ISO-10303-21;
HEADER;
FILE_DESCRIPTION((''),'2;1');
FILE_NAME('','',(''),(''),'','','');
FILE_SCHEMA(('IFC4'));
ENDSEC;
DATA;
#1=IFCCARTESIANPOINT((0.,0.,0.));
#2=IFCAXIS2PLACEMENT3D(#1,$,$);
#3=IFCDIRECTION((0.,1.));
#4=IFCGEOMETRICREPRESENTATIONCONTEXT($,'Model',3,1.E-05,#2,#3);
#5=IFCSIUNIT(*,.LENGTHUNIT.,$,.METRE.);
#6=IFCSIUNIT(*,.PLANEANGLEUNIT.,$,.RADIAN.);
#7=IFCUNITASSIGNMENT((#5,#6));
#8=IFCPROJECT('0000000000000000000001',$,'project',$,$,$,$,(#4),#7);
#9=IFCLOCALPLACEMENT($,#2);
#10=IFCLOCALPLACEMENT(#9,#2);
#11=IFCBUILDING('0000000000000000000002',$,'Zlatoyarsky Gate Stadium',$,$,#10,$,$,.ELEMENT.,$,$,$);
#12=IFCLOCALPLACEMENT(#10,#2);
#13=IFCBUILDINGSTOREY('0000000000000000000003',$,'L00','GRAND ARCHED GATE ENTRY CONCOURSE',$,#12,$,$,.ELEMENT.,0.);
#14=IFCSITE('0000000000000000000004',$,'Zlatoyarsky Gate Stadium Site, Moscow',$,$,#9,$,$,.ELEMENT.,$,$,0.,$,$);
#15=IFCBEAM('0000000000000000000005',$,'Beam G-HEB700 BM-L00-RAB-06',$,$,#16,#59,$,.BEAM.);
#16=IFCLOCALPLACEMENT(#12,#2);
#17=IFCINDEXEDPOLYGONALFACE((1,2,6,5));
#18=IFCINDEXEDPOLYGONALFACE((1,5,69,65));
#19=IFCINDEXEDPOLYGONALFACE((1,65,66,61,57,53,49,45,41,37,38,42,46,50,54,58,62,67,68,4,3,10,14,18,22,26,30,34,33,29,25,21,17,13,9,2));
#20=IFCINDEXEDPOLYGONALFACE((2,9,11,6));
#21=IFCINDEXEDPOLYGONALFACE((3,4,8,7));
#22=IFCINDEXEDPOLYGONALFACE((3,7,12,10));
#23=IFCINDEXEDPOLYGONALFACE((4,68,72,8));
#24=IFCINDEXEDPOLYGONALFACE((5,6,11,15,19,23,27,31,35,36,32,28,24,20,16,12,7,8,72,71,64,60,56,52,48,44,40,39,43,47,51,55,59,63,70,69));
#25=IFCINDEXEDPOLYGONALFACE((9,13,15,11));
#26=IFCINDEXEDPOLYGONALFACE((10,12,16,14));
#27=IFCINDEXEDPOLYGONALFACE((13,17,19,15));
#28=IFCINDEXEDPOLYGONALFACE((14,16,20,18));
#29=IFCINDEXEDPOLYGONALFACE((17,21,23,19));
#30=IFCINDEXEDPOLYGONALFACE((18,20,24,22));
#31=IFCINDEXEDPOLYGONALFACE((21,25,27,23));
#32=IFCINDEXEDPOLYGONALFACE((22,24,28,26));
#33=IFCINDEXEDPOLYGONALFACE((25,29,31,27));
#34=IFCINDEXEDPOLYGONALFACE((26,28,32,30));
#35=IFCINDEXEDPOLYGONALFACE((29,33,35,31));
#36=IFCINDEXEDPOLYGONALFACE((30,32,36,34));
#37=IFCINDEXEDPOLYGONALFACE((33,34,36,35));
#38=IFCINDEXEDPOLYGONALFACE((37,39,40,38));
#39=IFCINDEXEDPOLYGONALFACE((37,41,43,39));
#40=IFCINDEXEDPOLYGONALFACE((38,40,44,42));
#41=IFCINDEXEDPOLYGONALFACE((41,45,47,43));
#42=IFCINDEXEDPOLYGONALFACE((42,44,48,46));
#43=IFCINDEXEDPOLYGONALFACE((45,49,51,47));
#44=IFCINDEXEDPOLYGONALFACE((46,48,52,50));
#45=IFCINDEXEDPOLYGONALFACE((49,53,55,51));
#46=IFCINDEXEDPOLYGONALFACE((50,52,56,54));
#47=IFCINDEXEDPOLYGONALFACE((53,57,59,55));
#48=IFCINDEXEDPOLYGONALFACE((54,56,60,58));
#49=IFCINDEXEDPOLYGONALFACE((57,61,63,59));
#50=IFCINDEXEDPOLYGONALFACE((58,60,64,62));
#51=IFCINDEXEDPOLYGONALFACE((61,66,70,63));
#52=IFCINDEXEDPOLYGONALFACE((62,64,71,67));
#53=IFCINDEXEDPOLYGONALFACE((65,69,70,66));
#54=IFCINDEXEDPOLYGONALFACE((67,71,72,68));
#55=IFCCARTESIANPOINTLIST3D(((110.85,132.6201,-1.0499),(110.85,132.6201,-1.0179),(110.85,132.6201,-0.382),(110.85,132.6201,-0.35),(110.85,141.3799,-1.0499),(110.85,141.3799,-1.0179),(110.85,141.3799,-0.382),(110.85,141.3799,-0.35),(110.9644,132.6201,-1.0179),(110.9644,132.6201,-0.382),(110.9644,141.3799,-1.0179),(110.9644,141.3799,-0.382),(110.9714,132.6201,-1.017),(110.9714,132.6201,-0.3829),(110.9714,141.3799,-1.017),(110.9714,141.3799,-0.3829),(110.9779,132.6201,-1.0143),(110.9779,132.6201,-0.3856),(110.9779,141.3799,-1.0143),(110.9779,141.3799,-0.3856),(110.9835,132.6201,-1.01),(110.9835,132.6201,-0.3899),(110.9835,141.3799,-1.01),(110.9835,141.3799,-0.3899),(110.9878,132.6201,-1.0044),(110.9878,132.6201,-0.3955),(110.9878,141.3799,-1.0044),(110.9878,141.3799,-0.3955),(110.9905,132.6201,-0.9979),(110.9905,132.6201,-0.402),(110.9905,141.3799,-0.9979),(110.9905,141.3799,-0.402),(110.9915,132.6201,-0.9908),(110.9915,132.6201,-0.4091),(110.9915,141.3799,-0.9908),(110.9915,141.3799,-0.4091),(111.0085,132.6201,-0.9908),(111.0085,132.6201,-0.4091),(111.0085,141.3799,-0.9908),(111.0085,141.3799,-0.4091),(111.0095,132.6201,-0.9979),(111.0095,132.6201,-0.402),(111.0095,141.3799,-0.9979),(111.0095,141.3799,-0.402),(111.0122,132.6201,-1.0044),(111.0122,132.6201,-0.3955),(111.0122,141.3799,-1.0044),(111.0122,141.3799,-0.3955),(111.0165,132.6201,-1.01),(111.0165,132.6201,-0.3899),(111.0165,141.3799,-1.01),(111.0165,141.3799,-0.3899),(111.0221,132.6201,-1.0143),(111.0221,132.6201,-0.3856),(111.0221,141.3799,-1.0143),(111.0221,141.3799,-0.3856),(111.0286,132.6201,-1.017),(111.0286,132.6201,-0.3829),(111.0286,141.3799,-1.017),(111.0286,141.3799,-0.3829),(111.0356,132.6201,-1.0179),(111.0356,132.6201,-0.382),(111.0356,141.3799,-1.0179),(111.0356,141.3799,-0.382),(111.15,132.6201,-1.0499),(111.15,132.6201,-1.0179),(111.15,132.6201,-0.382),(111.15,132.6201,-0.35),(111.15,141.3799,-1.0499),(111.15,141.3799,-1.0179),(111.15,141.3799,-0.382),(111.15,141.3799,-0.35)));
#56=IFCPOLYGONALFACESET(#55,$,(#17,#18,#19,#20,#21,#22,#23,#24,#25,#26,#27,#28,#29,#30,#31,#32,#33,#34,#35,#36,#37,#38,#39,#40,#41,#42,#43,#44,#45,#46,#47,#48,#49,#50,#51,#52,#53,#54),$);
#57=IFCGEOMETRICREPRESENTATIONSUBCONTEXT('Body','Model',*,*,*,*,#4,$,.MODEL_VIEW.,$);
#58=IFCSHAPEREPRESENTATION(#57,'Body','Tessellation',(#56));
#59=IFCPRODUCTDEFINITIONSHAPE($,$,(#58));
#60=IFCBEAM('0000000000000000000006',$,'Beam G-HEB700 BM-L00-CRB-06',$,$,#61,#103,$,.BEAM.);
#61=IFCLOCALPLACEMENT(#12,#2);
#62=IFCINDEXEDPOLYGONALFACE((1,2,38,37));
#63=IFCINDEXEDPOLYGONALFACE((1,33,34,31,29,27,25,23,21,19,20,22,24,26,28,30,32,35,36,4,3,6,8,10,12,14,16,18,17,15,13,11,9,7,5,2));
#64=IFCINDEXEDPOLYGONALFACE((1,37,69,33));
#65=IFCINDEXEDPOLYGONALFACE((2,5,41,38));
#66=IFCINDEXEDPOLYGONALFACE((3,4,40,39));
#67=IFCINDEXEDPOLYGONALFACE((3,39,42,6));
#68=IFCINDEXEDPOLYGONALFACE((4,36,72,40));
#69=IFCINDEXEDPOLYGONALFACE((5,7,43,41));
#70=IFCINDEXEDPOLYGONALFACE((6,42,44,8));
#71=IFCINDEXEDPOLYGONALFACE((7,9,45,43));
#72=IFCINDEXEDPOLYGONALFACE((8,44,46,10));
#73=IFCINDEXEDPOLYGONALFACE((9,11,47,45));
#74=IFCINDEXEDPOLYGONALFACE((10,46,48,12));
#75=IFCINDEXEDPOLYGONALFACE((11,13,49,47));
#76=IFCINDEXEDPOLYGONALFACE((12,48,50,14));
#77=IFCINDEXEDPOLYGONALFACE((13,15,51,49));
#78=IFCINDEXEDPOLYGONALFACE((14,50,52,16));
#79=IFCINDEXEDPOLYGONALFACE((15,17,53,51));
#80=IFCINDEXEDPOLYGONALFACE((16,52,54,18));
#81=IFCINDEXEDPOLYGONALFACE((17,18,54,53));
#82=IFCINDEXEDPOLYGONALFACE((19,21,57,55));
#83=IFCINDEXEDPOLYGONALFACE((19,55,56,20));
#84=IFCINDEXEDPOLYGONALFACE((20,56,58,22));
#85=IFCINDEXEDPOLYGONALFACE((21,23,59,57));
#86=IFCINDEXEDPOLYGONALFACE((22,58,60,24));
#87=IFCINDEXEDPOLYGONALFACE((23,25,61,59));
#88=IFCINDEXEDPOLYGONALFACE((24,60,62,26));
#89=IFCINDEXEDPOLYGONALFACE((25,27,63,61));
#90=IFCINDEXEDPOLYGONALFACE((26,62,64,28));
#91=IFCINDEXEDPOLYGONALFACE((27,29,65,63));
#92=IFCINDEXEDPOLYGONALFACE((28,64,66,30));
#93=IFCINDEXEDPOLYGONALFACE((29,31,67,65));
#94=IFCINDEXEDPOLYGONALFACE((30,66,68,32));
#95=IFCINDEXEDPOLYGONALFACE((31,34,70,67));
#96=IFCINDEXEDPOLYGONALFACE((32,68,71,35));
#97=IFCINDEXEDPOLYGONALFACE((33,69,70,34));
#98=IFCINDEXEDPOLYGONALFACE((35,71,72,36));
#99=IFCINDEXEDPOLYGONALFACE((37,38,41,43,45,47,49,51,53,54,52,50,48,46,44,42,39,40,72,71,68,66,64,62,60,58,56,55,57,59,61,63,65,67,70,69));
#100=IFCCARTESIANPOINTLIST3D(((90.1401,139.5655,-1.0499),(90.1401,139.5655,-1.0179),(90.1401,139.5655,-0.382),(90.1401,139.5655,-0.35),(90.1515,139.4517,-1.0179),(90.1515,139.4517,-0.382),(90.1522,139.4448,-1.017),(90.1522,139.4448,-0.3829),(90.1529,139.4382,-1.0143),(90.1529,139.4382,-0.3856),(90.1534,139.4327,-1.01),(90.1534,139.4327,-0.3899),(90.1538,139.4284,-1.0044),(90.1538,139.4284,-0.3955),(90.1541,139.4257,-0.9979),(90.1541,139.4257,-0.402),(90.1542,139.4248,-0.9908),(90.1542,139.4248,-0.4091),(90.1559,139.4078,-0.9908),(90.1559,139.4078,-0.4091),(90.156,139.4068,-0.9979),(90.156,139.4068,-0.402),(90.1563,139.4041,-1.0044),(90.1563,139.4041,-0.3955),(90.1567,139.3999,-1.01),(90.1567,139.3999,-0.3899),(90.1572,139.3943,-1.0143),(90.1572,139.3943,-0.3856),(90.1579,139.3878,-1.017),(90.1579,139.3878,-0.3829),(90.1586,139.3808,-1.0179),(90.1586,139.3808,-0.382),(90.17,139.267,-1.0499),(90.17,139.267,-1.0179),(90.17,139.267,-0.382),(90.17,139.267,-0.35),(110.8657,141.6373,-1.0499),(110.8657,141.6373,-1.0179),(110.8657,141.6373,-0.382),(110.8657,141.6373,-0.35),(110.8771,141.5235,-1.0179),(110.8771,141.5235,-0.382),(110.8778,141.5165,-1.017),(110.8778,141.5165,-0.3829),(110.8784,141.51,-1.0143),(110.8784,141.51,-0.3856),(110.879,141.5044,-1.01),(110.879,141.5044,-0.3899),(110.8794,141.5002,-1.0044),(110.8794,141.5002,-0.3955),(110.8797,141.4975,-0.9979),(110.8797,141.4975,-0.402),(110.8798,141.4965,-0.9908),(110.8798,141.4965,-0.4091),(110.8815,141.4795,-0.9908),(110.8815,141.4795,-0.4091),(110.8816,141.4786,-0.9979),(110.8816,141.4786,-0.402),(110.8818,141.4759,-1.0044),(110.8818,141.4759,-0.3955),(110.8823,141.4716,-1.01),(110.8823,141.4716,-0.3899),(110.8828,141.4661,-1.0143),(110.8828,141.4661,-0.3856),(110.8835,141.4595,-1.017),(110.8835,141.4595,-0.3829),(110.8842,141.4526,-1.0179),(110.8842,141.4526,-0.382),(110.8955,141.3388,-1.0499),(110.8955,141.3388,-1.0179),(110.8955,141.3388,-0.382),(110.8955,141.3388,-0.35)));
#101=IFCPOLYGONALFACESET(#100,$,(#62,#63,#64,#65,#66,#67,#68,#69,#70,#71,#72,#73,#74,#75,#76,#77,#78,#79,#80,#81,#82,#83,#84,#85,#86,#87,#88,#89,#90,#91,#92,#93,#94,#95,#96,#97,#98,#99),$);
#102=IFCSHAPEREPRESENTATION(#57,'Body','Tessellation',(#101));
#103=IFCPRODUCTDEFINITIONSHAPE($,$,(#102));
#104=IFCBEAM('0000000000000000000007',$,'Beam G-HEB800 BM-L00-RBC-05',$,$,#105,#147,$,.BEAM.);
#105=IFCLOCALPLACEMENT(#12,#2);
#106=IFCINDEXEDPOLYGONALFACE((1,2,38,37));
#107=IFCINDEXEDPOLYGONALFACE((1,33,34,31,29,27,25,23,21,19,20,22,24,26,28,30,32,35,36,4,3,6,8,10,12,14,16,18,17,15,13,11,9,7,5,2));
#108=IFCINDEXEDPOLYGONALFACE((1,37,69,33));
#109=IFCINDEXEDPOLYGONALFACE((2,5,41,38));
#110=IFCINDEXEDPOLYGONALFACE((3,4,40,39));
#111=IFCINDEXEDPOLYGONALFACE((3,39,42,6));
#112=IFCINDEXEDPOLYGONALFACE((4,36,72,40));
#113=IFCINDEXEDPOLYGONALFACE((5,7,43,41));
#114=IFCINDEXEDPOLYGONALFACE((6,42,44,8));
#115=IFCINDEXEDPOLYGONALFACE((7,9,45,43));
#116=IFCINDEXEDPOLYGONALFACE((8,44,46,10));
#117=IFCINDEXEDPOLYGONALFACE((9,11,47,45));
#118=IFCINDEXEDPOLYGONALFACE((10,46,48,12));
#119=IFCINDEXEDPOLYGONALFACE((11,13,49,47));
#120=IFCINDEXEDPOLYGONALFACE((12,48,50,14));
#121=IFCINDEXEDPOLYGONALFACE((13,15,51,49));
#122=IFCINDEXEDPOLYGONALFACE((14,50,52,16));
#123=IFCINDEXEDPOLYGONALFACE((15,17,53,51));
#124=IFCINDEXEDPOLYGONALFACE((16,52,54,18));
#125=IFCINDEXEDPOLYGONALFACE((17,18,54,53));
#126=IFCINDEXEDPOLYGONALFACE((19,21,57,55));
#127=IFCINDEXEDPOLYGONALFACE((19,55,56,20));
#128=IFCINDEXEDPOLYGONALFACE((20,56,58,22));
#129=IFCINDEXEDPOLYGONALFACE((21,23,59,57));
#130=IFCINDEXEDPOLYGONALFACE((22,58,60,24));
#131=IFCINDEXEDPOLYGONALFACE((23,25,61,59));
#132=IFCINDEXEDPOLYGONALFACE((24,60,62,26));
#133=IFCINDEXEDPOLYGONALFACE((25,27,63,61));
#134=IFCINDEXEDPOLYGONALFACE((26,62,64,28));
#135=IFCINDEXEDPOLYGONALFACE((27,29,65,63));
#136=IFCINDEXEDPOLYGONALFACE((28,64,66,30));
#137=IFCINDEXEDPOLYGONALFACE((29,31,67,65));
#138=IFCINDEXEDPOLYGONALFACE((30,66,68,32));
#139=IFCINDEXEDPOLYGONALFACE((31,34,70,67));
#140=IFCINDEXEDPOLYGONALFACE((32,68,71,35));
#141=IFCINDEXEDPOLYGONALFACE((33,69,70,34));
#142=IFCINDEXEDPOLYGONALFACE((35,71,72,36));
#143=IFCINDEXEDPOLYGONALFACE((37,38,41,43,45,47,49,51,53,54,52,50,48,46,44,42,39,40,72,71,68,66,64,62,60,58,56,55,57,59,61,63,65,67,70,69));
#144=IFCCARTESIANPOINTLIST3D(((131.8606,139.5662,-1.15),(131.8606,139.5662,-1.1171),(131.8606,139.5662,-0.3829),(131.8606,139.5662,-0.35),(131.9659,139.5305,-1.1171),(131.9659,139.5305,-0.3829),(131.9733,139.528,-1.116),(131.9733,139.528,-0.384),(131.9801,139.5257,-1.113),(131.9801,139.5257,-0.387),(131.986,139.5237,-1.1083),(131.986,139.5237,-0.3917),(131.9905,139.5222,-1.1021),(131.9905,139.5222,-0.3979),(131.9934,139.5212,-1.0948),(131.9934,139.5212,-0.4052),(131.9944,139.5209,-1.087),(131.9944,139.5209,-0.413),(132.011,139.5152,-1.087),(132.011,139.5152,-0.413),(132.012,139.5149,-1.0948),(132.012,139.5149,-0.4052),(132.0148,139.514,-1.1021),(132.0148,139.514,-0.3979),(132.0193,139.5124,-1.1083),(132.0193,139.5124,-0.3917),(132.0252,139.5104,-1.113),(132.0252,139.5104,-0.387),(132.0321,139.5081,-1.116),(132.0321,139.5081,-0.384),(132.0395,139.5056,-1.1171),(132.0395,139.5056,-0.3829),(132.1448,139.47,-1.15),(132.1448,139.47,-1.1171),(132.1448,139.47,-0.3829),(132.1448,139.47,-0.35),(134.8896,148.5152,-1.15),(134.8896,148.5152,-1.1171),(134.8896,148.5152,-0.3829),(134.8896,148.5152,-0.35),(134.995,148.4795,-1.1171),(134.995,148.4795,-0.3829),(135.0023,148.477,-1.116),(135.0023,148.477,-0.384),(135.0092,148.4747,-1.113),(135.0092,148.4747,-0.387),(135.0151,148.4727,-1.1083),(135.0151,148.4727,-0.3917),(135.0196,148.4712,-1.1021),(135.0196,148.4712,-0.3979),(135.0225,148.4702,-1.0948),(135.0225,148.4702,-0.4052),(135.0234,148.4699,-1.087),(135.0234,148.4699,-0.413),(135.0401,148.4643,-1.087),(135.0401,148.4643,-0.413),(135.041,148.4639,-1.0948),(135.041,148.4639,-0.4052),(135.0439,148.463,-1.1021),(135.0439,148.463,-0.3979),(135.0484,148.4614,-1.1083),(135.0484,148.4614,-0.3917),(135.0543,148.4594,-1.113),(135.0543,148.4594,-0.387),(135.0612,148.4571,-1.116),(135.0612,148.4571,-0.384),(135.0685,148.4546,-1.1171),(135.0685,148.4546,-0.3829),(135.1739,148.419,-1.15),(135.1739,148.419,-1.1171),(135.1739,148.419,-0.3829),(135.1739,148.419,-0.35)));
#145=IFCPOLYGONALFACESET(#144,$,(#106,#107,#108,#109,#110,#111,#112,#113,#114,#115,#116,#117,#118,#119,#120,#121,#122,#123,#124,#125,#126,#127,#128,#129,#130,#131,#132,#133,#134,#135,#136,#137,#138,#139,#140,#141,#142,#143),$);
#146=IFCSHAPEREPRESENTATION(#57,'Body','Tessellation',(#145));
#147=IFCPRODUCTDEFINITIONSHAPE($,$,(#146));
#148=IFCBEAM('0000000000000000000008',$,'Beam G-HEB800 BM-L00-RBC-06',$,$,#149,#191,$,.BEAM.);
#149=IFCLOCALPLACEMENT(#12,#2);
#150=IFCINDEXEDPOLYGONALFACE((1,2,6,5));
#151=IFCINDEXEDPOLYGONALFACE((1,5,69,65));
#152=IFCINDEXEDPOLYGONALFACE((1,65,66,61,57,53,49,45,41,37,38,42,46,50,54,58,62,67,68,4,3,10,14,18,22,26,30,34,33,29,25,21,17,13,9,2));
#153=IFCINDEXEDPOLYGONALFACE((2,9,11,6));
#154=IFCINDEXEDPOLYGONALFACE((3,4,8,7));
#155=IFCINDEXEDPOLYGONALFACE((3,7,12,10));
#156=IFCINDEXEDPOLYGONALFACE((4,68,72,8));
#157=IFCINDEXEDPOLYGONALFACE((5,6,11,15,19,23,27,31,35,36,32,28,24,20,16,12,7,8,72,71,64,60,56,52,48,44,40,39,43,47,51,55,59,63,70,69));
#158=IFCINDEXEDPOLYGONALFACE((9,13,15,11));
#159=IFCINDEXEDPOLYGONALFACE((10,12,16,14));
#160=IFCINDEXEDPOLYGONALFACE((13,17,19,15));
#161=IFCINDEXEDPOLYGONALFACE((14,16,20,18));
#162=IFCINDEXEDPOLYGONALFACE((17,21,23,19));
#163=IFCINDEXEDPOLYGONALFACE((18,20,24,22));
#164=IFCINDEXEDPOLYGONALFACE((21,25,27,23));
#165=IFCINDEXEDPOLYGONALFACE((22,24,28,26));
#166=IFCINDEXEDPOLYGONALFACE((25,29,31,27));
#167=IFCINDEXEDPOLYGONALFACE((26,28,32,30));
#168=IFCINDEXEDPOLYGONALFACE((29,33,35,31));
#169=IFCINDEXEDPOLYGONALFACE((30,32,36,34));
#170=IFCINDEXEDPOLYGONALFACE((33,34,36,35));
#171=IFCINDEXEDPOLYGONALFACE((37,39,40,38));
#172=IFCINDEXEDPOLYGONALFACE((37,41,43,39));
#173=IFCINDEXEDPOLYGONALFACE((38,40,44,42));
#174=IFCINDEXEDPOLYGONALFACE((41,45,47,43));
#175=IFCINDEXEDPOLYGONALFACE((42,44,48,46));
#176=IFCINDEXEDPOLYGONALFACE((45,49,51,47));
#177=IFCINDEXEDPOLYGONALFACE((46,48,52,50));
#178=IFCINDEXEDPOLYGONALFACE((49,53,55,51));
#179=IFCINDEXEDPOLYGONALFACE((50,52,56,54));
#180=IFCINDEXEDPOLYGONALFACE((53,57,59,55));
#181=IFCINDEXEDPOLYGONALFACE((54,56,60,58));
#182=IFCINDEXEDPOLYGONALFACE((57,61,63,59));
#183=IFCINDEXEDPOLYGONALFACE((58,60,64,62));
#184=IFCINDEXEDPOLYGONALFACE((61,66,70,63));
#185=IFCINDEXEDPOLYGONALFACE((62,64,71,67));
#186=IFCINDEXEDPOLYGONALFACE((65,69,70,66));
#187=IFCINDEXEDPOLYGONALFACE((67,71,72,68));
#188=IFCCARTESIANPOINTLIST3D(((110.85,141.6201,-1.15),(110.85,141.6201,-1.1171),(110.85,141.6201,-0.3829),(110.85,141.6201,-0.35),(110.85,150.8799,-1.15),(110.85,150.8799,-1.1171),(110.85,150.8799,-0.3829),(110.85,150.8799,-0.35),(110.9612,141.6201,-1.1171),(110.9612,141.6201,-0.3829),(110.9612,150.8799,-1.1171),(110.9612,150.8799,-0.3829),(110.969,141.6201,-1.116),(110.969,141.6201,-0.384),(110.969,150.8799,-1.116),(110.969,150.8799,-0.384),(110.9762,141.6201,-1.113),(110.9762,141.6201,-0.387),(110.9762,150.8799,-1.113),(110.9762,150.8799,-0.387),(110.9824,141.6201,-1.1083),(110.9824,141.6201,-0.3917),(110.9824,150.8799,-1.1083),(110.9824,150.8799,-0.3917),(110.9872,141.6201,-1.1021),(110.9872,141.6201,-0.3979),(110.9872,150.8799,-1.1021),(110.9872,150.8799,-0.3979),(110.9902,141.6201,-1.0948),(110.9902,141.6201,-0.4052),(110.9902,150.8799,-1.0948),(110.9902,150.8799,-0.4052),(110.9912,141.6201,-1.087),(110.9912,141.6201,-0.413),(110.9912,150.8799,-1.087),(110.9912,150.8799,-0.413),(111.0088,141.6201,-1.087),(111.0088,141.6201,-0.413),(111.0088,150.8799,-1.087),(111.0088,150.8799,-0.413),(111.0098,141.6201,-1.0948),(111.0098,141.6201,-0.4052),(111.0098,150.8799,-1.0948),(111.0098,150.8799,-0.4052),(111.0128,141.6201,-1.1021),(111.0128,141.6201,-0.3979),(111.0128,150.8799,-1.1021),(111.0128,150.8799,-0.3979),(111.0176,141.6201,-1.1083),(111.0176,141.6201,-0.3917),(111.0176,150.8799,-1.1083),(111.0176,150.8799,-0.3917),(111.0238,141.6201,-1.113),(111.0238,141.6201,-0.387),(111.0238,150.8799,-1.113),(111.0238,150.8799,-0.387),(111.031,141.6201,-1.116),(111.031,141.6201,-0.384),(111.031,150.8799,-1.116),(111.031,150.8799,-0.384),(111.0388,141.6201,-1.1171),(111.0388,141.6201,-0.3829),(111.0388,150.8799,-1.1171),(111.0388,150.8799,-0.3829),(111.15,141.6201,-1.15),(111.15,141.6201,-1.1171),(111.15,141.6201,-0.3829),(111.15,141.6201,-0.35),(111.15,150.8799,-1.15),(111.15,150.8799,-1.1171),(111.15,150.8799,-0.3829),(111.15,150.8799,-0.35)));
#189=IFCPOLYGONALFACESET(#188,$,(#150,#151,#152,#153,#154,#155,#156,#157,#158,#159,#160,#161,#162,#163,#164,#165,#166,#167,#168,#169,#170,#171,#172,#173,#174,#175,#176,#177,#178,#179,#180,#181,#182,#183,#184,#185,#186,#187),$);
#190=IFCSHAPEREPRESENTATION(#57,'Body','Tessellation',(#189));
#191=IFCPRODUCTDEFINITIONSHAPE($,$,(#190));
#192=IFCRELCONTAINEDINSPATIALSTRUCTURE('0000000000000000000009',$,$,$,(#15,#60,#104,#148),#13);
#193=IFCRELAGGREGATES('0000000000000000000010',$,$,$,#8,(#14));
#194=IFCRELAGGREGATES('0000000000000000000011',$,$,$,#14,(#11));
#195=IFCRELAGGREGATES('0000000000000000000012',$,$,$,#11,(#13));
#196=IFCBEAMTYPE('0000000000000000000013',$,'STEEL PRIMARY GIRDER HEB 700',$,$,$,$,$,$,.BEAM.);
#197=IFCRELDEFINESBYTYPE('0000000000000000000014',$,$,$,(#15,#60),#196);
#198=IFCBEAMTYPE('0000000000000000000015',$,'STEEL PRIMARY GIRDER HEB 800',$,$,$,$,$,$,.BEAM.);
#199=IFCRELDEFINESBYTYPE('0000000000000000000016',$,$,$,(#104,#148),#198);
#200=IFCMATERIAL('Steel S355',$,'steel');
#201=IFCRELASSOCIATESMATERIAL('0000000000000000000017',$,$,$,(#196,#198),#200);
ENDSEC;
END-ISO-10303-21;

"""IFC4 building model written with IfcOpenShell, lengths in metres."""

from ifc_helpers import new_model, si_unit, direction, frame, origin, origin_2d, place, context, subcontext, project, spatial, i_section, extrude, material, material_profile, profile_set, type_object, element, save


model = new_model("IFC4")

# Units and contexts
model_context = context("Model", 3, precision=1e-05, world=origin(), true_north=direction((0.0, 1.0)))
body_context = subcontext(model_context, "Body", "Model", "MODEL_VIEW")
ifc_project = project(units=[si_unit("LENGTHUNIT", "METRE"), si_unit("PLANEANGLEUNIT", "RADIAN")], contexts=[model_context])

# Site, building, storey
site_placement = place(None, origin())
site = spatial("IfcSite", under=ifc_project, at=site_placement, Name="Zlatoyarsky Gate Stadium Site, Moscow", CompositionType="ELEMENT", RefElevation=0.0)
building_placement = place(site_placement, origin())
building = spatial("IfcBuilding", under=site, at=building_placement, Name="Zlatoyarsky Gate Stadium", CompositionType="ELEMENT")
storey_placement = place(building_placement, origin())
storey = spatial("IfcBuildingStorey", under=building, at=storey_placement, Name="L00", Description="GRAND ARCHED GATE ENTRY CONCOURSE", CompositionType="ELEMENT", Elevation=0.0)

# Beams
ifc_material_1 = material(Name="Steel S355", Category="steel")
ifc_material_profile_1 = material_profile(ifc_material_1, i_section(OverallWidth=0.3, OverallDepth=0.7, WebThickness=0.0171, FlangeThickness=0.032, FilletRadius=0.0271, at=origin_2d()), Name="HEB 700")
ifc_profile_set_1 = profile_set([ifc_material_profile_1], Name="Steel S355")
beam_type_1 = type_object("IfcBeamType", Name="STEEL PRIMARY GIRDER HEB 700", PredefinedType="BEAM", material=ifc_profile_set_1)
beam_1_placement = place(storey_placement, frame((111.0, 132.6201, -0.7), z_axis=(0.0, 1.0, 0.0), x_axis=(-1.0, 0.0, 0.0)))
element("IfcBeam", 1, at=beam_1_placement, inside=storey, type_object=beam_type_1, Name="Beam G-HEB700 BM-L00-RAB-06", PredefinedType="BEAM", context=body_context, shape_type="SweptSolid", body=[
    extrude(i_section(OverallWidth=0.3, OverallDepth=0.7, WebThickness=0.0171, FlangeThickness=0.032, FilletRadius=0.0271, at=origin_2d()), origin(), (0.0, 0.0, 1.0), 8.7598),
])
beam_2_placement = place(storey_placement, frame((110.8806, 141.488, -0.7), z_axis=(-0.995041, -0.099467, 0.0), x_axis=(0.099467, -0.995041, 0.0)))
element("IfcBeam", 2, at=beam_2_placement, inside=storey, type_object=beam_type_1, Name="Beam G-HEB700 BM-L00-CRB-06", PredefinedType="BEAM", context=body_context, shape_type="SweptSolid", body=[
    extrude(i_section(OverallWidth=0.3, OverallDepth=0.7, WebThickness=0.0171, FlangeThickness=0.032, FilletRadius=0.0271, at=origin_2d()), origin(), (0.0, 0.0, 1.0), 20.8289),
])
ifc_material_profile_2 = material_profile(ifc_material_1, i_section(OverallWidth=0.3, OverallDepth=0.8, WebThickness=0.0176, FlangeThickness=0.033, FilletRadius=0.03, at=origin_2d()), Name="HEB 800")
ifc_profile_set_2 = profile_set([ifc_material_profile_2], Name="Steel S355")
beam_type_2 = type_object("IfcBeamType", Name="STEEL PRIMARY GIRDER HEB 800", PredefinedType="BEAM", material=ifc_profile_set_2)
beam_3_placement = place(storey_placement, frame((132.0027, 139.5181, -0.75), z_axis=(0.320612, 0.947211, 0.0), x_axis=(-0.947211, 0.320612, 0.0)))
element("IfcBeam", 3, at=beam_3_placement, inside=storey, type_object=beam_type_2, Name="Beam G-HEB800 BM-L00-RBC-05", PredefinedType="BEAM", context=body_context, shape_type="SweptSolid", body=[
    extrude(i_section(OverallWidth=0.3, OverallDepth=0.8, WebThickness=0.0176, FlangeThickness=0.033, FilletRadius=0.03, at=origin_2d()), origin(), (0.0, 0.0, 1.0), 9.4478),
])
beam_4_placement = place(storey_placement, frame((111.0, 141.6201, -0.75), z_axis=(0.0, 1.0, 0.0), x_axis=(-1.0, 0.0, 0.0)))
element("IfcBeam", 4, at=beam_4_placement, inside=storey, type_object=beam_type_2, Name="Beam G-HEB800 BM-L00-RBC-06", PredefinedType="BEAM", context=body_context, shape_type="SweptSolid", body=[
    extrude(i_section(OverallWidth=0.3, OverallDepth=0.8, WebThickness=0.0176, FlangeThickness=0.033, FilletRadius=0.03, at=origin_2d()), origin(), (0.0, 0.0, 1.0), 9.2598),
])

save(model, "model.ifc")
